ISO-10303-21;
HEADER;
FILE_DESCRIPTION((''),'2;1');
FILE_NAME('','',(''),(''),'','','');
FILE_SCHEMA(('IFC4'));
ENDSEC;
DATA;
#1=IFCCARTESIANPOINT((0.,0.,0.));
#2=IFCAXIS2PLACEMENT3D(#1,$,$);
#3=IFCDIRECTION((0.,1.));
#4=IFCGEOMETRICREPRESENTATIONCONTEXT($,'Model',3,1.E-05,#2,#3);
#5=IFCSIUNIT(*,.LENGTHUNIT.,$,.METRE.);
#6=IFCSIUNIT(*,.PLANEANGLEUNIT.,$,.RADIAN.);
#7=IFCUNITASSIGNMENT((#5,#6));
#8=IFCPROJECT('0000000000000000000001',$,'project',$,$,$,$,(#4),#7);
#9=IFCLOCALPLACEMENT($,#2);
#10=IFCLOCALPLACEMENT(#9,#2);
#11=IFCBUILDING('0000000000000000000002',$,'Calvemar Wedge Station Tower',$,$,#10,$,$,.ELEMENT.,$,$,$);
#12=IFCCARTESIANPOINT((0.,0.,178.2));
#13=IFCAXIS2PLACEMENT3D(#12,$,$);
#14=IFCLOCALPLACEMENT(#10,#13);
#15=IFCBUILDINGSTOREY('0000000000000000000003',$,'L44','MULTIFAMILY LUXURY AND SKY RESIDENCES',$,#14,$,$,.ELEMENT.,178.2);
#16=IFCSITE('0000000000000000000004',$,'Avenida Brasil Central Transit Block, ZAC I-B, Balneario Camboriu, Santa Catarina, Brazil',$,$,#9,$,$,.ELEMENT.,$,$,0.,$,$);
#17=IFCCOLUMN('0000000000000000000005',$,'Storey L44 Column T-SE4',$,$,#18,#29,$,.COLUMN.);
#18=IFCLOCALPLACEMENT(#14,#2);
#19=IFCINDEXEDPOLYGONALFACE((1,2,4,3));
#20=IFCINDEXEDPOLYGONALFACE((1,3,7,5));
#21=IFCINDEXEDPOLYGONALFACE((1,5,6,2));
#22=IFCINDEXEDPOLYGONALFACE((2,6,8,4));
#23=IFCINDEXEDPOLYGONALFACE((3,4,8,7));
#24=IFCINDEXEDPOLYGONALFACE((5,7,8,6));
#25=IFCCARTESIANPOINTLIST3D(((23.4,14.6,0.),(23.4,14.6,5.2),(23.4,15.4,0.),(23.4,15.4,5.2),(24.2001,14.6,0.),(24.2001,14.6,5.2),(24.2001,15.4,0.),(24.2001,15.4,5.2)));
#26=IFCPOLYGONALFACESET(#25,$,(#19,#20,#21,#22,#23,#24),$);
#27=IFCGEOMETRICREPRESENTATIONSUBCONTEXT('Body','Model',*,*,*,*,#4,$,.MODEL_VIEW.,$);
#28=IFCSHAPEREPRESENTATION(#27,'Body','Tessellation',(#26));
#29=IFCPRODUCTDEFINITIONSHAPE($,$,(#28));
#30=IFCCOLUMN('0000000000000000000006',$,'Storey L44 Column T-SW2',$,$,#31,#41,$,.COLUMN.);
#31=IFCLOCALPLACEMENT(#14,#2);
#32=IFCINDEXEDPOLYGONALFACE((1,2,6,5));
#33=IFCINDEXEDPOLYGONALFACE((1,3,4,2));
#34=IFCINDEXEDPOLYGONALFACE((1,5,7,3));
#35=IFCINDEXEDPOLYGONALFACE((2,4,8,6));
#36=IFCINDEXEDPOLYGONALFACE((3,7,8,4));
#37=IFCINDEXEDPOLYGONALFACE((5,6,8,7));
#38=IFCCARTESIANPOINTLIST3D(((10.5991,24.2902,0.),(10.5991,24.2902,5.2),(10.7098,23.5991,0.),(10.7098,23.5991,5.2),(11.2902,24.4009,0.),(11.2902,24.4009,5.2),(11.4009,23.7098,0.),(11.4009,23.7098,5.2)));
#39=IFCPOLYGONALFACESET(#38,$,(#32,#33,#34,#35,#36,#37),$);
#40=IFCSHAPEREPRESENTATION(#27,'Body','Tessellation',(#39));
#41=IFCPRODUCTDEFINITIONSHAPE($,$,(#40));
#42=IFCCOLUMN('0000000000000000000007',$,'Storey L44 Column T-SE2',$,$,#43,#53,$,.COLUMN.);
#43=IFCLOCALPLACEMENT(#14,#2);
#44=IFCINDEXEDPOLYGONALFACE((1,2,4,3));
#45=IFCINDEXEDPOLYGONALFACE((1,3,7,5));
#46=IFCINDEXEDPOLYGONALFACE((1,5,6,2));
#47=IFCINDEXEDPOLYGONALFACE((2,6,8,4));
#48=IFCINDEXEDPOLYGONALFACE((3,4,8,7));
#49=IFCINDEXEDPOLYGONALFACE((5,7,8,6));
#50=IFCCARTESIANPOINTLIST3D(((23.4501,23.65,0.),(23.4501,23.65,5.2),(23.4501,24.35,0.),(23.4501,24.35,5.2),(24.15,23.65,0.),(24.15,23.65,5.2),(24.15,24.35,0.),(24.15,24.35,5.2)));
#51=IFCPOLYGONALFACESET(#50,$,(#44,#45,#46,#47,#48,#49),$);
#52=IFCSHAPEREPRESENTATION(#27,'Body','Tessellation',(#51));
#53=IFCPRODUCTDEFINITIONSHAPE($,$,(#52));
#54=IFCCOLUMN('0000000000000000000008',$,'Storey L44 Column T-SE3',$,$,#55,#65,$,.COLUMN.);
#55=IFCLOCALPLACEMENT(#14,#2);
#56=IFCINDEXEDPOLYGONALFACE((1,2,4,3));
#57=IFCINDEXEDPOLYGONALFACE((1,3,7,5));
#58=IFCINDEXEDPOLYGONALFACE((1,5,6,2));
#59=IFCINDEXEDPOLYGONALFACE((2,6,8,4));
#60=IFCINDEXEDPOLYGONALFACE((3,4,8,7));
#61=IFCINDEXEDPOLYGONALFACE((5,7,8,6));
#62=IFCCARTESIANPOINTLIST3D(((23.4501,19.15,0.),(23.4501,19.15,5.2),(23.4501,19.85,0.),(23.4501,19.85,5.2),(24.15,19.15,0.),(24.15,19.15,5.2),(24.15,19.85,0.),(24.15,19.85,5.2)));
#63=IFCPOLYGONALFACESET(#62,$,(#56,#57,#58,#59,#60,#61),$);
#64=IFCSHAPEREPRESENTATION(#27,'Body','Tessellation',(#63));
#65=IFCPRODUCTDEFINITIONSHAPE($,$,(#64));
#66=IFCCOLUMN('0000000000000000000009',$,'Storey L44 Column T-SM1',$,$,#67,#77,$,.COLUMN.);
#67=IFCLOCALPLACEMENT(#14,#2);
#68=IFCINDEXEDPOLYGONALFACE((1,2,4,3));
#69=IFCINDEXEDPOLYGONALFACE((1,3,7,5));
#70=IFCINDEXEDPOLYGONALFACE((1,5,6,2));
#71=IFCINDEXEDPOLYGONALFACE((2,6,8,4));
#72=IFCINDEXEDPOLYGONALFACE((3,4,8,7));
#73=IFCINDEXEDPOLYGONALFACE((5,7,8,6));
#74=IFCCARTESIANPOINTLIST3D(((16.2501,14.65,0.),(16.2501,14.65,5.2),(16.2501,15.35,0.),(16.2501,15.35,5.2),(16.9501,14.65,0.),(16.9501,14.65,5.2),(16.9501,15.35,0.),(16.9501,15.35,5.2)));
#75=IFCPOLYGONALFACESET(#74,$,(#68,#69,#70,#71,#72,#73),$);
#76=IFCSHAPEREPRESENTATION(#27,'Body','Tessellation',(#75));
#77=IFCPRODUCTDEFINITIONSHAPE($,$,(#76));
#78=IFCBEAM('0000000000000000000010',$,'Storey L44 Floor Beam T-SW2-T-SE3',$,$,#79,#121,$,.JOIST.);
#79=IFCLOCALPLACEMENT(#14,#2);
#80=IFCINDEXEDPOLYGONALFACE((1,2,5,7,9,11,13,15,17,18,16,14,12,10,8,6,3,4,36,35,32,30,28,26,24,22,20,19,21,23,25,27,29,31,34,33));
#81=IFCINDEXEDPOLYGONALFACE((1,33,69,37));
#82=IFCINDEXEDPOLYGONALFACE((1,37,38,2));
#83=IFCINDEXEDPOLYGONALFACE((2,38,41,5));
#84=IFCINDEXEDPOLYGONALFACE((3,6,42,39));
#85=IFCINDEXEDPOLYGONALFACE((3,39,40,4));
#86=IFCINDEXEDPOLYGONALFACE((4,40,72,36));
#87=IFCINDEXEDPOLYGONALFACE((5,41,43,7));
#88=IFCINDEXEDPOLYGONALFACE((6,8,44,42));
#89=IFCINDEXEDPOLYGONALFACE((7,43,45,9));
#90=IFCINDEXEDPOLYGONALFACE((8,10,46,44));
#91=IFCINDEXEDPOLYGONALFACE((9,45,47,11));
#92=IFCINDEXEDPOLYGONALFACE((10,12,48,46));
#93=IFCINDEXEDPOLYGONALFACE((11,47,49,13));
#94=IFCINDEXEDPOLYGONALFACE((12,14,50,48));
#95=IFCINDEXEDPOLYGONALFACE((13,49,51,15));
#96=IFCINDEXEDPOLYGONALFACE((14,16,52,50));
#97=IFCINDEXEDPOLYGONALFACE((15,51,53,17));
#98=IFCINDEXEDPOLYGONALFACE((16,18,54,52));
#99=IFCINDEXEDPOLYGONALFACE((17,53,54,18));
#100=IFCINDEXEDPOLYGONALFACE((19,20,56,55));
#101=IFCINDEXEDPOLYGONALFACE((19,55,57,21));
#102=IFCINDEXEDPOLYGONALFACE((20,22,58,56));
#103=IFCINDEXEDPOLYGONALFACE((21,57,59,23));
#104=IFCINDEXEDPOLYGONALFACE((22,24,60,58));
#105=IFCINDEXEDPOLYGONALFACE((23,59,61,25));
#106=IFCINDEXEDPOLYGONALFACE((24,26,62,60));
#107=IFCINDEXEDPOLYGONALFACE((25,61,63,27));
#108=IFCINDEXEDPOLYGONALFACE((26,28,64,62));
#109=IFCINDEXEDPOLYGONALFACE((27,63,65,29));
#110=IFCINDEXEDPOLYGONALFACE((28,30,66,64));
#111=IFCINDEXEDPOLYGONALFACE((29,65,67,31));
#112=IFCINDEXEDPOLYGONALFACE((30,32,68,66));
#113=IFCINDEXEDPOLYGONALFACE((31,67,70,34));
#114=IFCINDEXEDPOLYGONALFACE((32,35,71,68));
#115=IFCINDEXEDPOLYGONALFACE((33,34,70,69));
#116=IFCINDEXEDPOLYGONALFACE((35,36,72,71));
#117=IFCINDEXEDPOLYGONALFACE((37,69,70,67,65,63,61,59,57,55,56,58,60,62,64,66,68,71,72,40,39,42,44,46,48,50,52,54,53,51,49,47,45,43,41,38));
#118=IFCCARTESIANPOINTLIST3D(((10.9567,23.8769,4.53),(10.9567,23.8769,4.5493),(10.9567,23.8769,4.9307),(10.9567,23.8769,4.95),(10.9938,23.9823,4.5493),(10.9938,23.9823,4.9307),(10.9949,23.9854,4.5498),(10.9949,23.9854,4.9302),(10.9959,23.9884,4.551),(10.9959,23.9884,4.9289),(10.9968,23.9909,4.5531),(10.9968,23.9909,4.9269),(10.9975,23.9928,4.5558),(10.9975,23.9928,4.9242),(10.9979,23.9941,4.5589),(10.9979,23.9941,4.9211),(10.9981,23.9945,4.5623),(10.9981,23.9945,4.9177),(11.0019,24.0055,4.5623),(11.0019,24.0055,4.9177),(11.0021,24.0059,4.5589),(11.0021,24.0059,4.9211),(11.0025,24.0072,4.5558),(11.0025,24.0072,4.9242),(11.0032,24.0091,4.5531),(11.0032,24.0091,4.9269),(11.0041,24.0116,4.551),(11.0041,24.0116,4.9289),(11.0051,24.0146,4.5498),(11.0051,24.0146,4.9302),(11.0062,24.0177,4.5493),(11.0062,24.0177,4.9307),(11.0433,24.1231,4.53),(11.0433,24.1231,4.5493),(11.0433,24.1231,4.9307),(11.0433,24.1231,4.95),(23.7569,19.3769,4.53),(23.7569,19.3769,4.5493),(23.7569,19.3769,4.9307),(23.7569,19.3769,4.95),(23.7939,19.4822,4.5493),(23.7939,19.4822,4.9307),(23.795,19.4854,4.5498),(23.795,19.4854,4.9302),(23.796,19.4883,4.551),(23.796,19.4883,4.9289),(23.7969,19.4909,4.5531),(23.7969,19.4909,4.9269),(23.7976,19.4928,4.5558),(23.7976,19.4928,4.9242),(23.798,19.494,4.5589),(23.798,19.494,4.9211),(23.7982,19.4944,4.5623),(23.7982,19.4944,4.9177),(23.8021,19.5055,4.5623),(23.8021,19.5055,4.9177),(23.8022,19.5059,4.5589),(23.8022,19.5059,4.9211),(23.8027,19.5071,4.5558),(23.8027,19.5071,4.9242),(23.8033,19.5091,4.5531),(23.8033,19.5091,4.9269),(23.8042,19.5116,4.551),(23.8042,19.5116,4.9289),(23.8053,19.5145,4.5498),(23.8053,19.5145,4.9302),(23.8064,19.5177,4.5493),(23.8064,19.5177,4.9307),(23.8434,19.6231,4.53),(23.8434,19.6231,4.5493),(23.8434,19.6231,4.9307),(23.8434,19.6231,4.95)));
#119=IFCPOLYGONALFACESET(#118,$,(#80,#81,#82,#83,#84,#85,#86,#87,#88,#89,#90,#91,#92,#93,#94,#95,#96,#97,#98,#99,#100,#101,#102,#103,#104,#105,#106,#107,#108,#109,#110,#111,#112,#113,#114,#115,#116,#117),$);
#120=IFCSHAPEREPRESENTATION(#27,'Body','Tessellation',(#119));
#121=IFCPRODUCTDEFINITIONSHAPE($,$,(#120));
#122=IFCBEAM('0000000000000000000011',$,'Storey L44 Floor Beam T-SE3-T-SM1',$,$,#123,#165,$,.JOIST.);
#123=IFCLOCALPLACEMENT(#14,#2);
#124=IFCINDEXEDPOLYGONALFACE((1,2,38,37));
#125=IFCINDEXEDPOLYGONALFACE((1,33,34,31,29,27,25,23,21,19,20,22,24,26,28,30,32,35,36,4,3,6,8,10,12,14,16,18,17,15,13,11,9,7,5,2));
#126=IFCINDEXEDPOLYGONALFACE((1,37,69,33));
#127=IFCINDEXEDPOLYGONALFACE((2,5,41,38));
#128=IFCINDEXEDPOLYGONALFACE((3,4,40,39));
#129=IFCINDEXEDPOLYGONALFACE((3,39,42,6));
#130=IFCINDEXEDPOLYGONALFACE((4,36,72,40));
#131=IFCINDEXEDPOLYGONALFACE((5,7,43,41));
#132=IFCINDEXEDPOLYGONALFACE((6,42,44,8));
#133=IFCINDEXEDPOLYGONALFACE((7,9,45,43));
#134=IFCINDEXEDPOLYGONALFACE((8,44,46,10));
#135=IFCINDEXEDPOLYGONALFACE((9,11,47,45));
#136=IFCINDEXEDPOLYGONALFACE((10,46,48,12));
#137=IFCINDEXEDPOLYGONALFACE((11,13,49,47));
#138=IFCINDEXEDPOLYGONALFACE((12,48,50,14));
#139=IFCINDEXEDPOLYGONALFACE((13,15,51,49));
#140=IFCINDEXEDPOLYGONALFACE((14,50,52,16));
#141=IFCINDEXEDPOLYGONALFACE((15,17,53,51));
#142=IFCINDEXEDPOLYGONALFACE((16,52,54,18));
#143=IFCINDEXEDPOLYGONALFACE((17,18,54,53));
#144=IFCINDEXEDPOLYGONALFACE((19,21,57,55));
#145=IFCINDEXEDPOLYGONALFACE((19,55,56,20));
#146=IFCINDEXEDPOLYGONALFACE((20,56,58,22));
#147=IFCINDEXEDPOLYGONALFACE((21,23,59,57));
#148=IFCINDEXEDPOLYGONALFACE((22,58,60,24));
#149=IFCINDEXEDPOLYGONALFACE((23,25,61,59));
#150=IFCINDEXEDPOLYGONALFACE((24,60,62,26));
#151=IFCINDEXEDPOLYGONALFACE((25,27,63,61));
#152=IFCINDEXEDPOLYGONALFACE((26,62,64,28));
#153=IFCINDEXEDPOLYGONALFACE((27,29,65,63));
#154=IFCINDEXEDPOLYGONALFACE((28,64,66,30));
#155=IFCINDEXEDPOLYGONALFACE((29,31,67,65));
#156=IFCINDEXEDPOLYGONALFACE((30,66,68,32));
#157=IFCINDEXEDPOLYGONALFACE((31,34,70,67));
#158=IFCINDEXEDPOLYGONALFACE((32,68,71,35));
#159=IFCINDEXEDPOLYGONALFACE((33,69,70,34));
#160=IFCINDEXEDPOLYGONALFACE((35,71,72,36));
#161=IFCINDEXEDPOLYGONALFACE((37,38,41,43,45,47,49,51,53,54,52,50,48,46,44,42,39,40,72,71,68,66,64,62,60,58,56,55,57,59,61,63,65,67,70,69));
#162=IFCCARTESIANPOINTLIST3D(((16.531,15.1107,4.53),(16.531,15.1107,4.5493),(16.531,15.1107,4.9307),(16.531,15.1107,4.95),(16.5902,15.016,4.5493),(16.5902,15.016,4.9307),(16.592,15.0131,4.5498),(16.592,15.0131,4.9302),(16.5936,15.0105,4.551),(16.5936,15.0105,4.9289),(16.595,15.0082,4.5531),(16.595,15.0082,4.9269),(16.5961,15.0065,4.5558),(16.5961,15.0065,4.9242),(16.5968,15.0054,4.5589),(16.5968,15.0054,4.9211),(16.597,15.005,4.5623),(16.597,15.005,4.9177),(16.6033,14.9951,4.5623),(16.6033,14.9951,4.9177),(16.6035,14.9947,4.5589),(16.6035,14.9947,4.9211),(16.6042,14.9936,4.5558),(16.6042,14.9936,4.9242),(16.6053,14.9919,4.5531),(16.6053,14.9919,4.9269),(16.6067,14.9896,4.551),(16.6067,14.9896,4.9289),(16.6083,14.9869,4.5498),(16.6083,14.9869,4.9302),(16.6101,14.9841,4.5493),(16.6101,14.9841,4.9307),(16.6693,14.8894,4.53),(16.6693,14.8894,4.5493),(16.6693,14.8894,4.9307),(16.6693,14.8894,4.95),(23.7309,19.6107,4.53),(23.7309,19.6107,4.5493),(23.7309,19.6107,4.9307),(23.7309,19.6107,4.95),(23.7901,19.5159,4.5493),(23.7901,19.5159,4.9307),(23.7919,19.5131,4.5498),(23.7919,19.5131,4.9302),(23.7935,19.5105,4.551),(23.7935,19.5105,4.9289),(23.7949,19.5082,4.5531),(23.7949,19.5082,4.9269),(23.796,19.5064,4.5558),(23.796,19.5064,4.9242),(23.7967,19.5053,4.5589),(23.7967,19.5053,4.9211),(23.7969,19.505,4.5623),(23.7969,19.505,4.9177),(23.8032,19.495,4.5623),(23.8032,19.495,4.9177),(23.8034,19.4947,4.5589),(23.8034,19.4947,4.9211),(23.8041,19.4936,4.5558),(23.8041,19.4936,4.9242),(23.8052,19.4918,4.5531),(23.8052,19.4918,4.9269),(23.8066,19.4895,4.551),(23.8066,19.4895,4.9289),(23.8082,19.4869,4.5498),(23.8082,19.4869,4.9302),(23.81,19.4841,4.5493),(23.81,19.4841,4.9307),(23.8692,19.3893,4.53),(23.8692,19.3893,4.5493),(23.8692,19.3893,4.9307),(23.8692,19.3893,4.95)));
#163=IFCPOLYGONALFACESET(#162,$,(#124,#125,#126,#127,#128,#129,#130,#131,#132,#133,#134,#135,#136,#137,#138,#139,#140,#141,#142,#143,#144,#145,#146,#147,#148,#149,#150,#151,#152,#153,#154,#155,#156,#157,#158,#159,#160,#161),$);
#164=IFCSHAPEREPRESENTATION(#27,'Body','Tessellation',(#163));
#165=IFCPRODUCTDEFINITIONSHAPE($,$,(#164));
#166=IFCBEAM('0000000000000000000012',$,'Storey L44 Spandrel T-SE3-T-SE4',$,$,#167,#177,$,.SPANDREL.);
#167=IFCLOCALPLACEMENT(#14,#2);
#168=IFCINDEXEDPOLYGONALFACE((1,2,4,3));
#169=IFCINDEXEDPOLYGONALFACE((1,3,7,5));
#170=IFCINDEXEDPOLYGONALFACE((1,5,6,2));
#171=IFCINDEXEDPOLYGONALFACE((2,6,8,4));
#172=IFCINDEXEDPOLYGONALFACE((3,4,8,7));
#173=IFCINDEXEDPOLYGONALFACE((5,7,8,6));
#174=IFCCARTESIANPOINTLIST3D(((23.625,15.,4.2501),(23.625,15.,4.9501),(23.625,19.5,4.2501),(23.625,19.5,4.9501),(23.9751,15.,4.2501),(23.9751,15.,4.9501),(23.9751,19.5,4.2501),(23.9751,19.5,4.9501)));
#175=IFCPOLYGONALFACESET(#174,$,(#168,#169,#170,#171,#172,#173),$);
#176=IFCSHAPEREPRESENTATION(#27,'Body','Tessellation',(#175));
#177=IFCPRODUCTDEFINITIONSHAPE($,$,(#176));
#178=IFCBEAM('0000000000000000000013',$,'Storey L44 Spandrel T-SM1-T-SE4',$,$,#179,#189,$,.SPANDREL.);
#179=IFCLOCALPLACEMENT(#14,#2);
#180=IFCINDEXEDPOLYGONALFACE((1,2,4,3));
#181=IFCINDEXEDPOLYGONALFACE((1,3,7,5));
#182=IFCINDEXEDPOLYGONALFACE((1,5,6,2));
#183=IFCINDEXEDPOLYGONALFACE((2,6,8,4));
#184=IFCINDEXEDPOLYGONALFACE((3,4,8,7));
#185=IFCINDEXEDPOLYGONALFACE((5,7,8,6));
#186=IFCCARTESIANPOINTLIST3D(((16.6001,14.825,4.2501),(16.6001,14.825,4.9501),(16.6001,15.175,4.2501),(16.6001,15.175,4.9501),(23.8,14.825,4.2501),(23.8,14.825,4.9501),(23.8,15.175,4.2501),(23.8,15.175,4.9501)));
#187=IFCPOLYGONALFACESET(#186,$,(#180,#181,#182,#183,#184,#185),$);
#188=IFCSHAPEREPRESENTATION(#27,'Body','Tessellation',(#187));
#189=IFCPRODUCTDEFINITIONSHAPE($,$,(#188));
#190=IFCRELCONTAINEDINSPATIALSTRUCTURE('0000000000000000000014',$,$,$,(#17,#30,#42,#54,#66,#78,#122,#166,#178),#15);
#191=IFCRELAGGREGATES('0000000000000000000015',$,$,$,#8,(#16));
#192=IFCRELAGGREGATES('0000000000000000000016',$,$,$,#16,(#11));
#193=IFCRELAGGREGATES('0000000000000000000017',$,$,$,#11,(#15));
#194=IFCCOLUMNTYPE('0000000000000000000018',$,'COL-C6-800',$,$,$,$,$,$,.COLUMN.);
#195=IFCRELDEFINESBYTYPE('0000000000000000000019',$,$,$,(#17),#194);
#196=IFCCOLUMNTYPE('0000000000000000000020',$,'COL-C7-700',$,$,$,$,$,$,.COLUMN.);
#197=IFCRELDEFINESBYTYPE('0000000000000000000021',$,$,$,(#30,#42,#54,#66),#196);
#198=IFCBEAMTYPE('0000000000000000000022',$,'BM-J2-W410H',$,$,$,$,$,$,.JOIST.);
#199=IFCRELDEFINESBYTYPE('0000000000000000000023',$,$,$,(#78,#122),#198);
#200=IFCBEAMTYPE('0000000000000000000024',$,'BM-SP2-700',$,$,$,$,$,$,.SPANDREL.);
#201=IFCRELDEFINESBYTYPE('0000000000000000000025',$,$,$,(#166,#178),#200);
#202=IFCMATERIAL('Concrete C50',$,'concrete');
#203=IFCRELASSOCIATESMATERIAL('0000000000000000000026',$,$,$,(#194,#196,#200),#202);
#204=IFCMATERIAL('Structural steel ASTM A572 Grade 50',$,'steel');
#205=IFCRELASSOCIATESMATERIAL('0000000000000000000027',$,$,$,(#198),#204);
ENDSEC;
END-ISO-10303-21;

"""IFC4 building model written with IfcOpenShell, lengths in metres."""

from ifc_helpers import new_model, si_unit, direction, frame, origin, origin_2d, place, context, subcontext, project, spatial, rectangle, i_section, extrude, source, transform, mapped, material, material_profile, profile_set, type_object, element, save


model = new_model("IFC4")

# Units and contexts
model_context = context("Model", 3, precision=1e-05, world=origin(), true_north=direction((0.0, 1.0)))
body_context = subcontext(model_context, "Body", "Model", "MODEL_VIEW")
ifc_project = project(units=[si_unit("LENGTHUNIT", "METRE"), si_unit("PLANEANGLEUNIT", "RADIAN")], contexts=[model_context])

# Site, building, storey
site_placement = place(None, origin())
site = spatial("IfcSite", under=ifc_project, at=site_placement, Name="Avenida Brasil Central Transit Block, ZAC I-B, Balneario Camboriu, Santa Catarina, Brazil", CompositionType="ELEMENT", RefElevation=0.0)
building_placement = place(site_placement, origin())
building = spatial("IfcBuilding", under=site, at=building_placement, Name="Calvemar Wedge Station Tower", CompositionType="ELEMENT")
storey_placement = place(building_placement, frame((0.0, 0.0, 178.2)))
storey = spatial("IfcBuildingStorey", under=building, at=storey_placement, Name="L44", Description="MULTIFAMILY LUXURY AND SKY RESIDENCES", CompositionType="ELEMENT", Elevation=178.2)

# Columns
ifc_material_1 = material(Name="Concrete C50", Category="concrete")
ifc_material_profile_1 = material_profile(ifc_material_1, rectangle(XDim=0.8, YDim=0.8, at=origin_2d()), Name="RC800x800")
ifc_profile_set_1 = profile_set([ifc_material_profile_1], Name="Concrete C50")
column_type_1 = type_object("IfcColumnType", Name="COL-C6-800", PredefinedType="COLUMN", material=ifc_profile_set_1)
shared_shape_1 = source(origin(), body_context, "Body", "SweptSolid", [
    extrude(rectangle(XDim=0.8, YDim=0.8, at=origin_2d()), origin(), (0.0, 0.0, 1.0), 5.2),
])
column_placement = place(storey_placement, frame((23.8, 15.0, 0.0), z_axis=(0.0, 0.0, 1.0), x_axis=(1.0, 0.0, 0.0)))
element("IfcColumn", 1, at=column_placement, inside=storey, type_object=column_type_1, Name="Storey L44 Column T-SE4", PredefinedType="COLUMN", context=body_context, shape_type="MappedRepresentation", body=[
    mapped(shared_shape_1, transform((0.0, 0.0, 0.0), scale=1.0)),
])
ifc_material_profile_2 = material_profile(ifc_material_1, rectangle(XDim=0.7, YDim=0.7, at=origin_2d()), Name="RC700x700")
ifc_profile_set_2 = profile_set([ifc_material_profile_2], Name="Concrete C50")
column_type_2 = type_object("IfcColumnType", Name="COL-C7-700", PredefinedType="COLUMN", material=ifc_profile_set_2)
shared_shape_2 = source(origin(), body_context, "Body", "SweptSolid", [
    extrude(rectangle(XDim=0.7, YDim=0.7, at=origin_2d()), origin(), (0.0, 0.0, 1.0), 5.2),
])
for number, where, z_axis, x_axis, name in (
    (2, (11.0, 24.0, 0.0), (0.0, 0.0, 1.0), (0.158158, -0.987414, 0.0), "Storey L44 Column T-SW2"),
    (3, (23.8, 24.0, 0.0), (0.0, 0.0, 1.0), (1.0, 0.0, 0.0), "Storey L44 Column T-SE2"),
    (4, (23.8, 19.5, 0.0), (0.0, 0.0, 1.0), (1.0, 0.0, 0.0), "Storey L44 Column T-SE3"),
    (5, (16.6001, 15.0, 0.0), (0.0, 0.0, 1.0), (1.0, 0.0, 0.0), "Storey L44 Column T-SM1"),
):
    element("IfcColumn", number, at=place(storey_placement, frame(where, z_axis=z_axis, x_axis=x_axis)), inside=storey, type_object=column_type_2, Name=name, PredefinedType="COLUMN", context=body_context, shape_type="MappedRepresentation", body=[
        mapped(shared_shape_2, transform((0.0, 0.0, 0.0), scale=1.0)),
    ])

# Beams
ifc_material_2 = material(Name="Structural steel ASTM A572 Grade 50", Category="steel")
ifc_material_profile_3 = material_profile(ifc_material_2, i_section(OverallWidth=0.261, OverallDepth=0.4199, WebThickness=0.0117, FlangeThickness=0.0193, FilletRadius=0.0129, at=origin_2d()), Name="W410x114")
ifc_profile_set_3 = profile_set([ifc_material_profile_3], Name="Structural steel ASTM A572 Grade 50")
beam_type_1 = type_object("IfcBeamType", Name="BM-J2-W410H", PredefinedType="JOIST", material=ifc_profile_set_3)
shared_shape_3 = source(origin(), body_context, "Body", "SweptSolid", [
    extrude(i_section(OverallWidth=0.261, OverallDepth=0.4199, WebThickness=0.0117, FlangeThickness=0.0193, FilletRadius=0.0129, at=origin_2d()), origin(), (0.0, 0.0, 1.0), 13.5681),
])
beam_1_placement = place(storey_placement, frame((11.0, 24.0, 4.74), z_axis=(0.943398, -0.331662, 0.0), x_axis=(0.331662, 0.943398, 0.0)))
element("IfcBeam", 6, at=beam_1_placement, inside=storey, type_object=beam_type_1, Name="Storey L44 Floor Beam T-SW2-T-SE3", PredefinedType="JOIST", context=body_context, shape_type="MappedRepresentation", body=[
    mapped(shared_shape_3, transform((0.0, 0.0, 0.0), scale=1.0)),
])
shared_shape_4 = source(origin(), body_context, "Body", "SweptSolid", [
    extrude(i_section(OverallWidth=0.261, OverallDepth=0.4199, WebThickness=0.0117, FlangeThickness=0.0193, FilletRadius=0.0129, at=origin_2d()), origin(), (0.0, 0.0, 1.0), 8.4905),
])
beam_2_placement = place(storey_placement, frame((23.8, 19.5, 4.74), z_axis=(-0.847997, -0.530002, 0.0), x_axis=(0.530002, -0.847997, 0.0)))
element("IfcBeam", 7, at=beam_2_placement, inside=storey, type_object=beam_type_1, Name="Storey L44 Floor Beam T-SE3-T-SM1", PredefinedType="JOIST", context=body_context, shape_type="MappedRepresentation", body=[
    mapped(shared_shape_4, transform((0.0, 0.0, 0.0), scale=1.0)),
])
ifc_material_profile_4 = material_profile(ifc_material_1, rectangle(XDim=0.3501, YDim=0.7, at=origin_2d()), Name="RC350x700")
ifc_profile_set_4 = profile_set([ifc_material_profile_4], Name="Concrete C50")
beam_type_2 = type_object("IfcBeamType", Name="BM-SP2-700", PredefinedType="SPANDREL", material=ifc_profile_set_4)
shared_shape_5 = source(origin(), body_context, "Body", "SweptSolid", [
    extrude(rectangle(XDim=0.3501, YDim=0.7, at=origin_2d()), origin(), (0.0, 0.0, 1.0), 4.5),
])
beam_3_placement = place(storey_placement, frame((23.8, 19.5, 4.6001), z_axis=(0.0, -1.0, 0.0), x_axis=(1.0, 0.0, 0.0)))
element("IfcBeam", 8, at=beam_3_placement, inside=storey, type_object=beam_type_2, Name="Storey L44 Spandrel T-SE3-T-SE4", PredefinedType="SPANDREL", context=body_context, shape_type="MappedRepresentation", body=[
    mapped(shared_shape_5, transform((0.0, 0.0, 0.0), scale=1.0)),
])
shared_shape_6 = source(origin(), body_context, "Body", "SweptSolid", [
    extrude(rectangle(XDim=0.3501, YDim=0.7, at=origin_2d()), origin(), (0.0, 0.0, 1.0), 7.2),
])
beam_4_placement = place(storey_placement, frame((16.6001, 15.0, 4.6001), z_axis=(1.0, 0.0, 0.0), x_axis=(0.0, 1.0, 0.0)))
element("IfcBeam", 9, at=beam_4_placement, inside=storey, type_object=beam_type_2, Name="Storey L44 Spandrel T-SM1-T-SE4", PredefinedType="SPANDREL", context=body_context, shape_type="MappedRepresentation", body=[
    mapped(shared_shape_6, transform((0.0, 0.0, 0.0), scale=1.0)),
])

save(model, "model.ifc")
